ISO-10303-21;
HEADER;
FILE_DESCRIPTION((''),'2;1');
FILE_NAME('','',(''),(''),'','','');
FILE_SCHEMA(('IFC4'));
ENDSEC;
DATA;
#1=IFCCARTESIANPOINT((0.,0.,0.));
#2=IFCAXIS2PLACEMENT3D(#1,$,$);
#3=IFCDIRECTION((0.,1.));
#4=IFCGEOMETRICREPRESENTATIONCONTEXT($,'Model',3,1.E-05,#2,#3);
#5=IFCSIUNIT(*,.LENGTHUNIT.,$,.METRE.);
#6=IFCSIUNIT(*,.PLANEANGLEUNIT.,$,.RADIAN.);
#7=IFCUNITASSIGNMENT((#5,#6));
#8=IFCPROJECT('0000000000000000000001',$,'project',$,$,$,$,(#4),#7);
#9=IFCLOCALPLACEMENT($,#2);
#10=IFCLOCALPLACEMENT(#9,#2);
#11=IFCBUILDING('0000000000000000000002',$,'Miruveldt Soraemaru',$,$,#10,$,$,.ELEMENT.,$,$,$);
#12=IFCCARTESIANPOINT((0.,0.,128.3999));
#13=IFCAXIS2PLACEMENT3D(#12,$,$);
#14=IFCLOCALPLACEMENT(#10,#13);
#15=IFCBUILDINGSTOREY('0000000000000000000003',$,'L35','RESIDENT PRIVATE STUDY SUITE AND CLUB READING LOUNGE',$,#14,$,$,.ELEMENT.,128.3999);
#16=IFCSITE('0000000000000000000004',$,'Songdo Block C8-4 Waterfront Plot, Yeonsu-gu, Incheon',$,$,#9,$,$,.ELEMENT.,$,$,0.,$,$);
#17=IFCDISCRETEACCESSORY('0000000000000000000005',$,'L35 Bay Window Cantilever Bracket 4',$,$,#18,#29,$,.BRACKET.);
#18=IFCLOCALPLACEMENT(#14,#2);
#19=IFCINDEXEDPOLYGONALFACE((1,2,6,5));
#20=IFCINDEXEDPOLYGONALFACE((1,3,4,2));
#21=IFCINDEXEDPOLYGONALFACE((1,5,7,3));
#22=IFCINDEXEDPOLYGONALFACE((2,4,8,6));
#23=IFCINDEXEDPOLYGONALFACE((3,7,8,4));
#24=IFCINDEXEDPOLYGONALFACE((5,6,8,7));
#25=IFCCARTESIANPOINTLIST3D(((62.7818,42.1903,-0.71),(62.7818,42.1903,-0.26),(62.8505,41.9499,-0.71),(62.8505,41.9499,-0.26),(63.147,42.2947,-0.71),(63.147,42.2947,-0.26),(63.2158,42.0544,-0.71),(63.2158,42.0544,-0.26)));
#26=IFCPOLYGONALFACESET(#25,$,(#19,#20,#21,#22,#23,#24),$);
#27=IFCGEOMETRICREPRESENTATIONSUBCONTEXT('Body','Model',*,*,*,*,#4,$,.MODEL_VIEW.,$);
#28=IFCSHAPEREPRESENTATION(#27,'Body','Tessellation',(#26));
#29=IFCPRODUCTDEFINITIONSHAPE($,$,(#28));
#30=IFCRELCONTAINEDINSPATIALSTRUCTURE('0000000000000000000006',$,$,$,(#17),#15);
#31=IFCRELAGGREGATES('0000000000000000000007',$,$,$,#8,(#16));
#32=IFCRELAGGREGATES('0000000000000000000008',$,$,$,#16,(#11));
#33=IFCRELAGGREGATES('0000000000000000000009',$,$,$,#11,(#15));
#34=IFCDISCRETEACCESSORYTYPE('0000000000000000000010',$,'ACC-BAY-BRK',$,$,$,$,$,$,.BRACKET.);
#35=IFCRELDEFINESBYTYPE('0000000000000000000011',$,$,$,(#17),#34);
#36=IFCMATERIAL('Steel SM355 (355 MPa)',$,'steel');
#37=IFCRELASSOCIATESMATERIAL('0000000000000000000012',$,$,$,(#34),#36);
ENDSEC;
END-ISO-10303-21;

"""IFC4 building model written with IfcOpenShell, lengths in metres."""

from ifc_helpers import new_model, si_unit, direction, frame, origin, origin_2d, place, context, subcontext, project, spatial, rectangle, extrude, material, type_object, element, save


model = new_model("IFC4")

# Units and contexts
model_context = context("Model", 3, precision=1e-05, world=origin(), true_north=direction((0.0, 1.0)))
body_context = subcontext(model_context, "Body", "Model", "MODEL_VIEW")
ifc_project = project(units=[si_unit("LENGTHUNIT", "METRE"), si_unit("PLANEANGLEUNIT", "RADIAN")], contexts=[model_context])

# Site, building, storey
site_placement = place(None, origin())
site = spatial("IfcSite", under=ifc_project, at=site_placement, Name="Songdo Block C8-4 Waterfront Plot, Yeonsu-gu, Incheon", CompositionType="ELEMENT", RefElevation=0.0)
building_placement = place(site_placement, origin())
building = spatial("IfcBuilding", under=site, at=building_placement, Name="Miruveldt Soraemaru", CompositionType="ELEMENT")
storey_placement = place(building_placement, frame((0.0, 0.0, 128.3999)))
storey = spatial("IfcBuildingStorey", under=building, at=storey_placement, Name="L35", Description="RESIDENT PRIVATE STUDY SUITE AND CLUB READING LOUNGE", CompositionType="ELEMENT", Elevation=128.3999)

# Shared definitions
ifc_material_1 = material(Name="Steel SM355 (355 MPa)", Category="steel")

# Discrete accessory
discrete_accessory_type = type_object("IfcDiscreteAccessoryType", Name="ACC-BAY-BRK", PredefinedType="BRACKET", material=ifc_material_1)
discrete_accessory_placement = place(storey_placement, frame((62.9988, 42.1223, -0.71), z_axis=(0.0, 0.0, 1.0), x_axis=(0.961454, 0.274966, 0.0)))
element("IfcDiscreteAccessory", 1, at=discrete_accessory_placement, inside=storey, type_object=discrete_accessory_type, Name="L35 Bay Window Cantilever Bracket 4", PredefinedType="BRACKET", context=body_context, shape_type="SweptSolid", body=[
    extrude(rectangle(XDim=0.3799, YDim=0.25, at=origin_2d()), origin(), (0.0, 0.0, 1.0), 0.45),
])

save(model, "model.ifc")
